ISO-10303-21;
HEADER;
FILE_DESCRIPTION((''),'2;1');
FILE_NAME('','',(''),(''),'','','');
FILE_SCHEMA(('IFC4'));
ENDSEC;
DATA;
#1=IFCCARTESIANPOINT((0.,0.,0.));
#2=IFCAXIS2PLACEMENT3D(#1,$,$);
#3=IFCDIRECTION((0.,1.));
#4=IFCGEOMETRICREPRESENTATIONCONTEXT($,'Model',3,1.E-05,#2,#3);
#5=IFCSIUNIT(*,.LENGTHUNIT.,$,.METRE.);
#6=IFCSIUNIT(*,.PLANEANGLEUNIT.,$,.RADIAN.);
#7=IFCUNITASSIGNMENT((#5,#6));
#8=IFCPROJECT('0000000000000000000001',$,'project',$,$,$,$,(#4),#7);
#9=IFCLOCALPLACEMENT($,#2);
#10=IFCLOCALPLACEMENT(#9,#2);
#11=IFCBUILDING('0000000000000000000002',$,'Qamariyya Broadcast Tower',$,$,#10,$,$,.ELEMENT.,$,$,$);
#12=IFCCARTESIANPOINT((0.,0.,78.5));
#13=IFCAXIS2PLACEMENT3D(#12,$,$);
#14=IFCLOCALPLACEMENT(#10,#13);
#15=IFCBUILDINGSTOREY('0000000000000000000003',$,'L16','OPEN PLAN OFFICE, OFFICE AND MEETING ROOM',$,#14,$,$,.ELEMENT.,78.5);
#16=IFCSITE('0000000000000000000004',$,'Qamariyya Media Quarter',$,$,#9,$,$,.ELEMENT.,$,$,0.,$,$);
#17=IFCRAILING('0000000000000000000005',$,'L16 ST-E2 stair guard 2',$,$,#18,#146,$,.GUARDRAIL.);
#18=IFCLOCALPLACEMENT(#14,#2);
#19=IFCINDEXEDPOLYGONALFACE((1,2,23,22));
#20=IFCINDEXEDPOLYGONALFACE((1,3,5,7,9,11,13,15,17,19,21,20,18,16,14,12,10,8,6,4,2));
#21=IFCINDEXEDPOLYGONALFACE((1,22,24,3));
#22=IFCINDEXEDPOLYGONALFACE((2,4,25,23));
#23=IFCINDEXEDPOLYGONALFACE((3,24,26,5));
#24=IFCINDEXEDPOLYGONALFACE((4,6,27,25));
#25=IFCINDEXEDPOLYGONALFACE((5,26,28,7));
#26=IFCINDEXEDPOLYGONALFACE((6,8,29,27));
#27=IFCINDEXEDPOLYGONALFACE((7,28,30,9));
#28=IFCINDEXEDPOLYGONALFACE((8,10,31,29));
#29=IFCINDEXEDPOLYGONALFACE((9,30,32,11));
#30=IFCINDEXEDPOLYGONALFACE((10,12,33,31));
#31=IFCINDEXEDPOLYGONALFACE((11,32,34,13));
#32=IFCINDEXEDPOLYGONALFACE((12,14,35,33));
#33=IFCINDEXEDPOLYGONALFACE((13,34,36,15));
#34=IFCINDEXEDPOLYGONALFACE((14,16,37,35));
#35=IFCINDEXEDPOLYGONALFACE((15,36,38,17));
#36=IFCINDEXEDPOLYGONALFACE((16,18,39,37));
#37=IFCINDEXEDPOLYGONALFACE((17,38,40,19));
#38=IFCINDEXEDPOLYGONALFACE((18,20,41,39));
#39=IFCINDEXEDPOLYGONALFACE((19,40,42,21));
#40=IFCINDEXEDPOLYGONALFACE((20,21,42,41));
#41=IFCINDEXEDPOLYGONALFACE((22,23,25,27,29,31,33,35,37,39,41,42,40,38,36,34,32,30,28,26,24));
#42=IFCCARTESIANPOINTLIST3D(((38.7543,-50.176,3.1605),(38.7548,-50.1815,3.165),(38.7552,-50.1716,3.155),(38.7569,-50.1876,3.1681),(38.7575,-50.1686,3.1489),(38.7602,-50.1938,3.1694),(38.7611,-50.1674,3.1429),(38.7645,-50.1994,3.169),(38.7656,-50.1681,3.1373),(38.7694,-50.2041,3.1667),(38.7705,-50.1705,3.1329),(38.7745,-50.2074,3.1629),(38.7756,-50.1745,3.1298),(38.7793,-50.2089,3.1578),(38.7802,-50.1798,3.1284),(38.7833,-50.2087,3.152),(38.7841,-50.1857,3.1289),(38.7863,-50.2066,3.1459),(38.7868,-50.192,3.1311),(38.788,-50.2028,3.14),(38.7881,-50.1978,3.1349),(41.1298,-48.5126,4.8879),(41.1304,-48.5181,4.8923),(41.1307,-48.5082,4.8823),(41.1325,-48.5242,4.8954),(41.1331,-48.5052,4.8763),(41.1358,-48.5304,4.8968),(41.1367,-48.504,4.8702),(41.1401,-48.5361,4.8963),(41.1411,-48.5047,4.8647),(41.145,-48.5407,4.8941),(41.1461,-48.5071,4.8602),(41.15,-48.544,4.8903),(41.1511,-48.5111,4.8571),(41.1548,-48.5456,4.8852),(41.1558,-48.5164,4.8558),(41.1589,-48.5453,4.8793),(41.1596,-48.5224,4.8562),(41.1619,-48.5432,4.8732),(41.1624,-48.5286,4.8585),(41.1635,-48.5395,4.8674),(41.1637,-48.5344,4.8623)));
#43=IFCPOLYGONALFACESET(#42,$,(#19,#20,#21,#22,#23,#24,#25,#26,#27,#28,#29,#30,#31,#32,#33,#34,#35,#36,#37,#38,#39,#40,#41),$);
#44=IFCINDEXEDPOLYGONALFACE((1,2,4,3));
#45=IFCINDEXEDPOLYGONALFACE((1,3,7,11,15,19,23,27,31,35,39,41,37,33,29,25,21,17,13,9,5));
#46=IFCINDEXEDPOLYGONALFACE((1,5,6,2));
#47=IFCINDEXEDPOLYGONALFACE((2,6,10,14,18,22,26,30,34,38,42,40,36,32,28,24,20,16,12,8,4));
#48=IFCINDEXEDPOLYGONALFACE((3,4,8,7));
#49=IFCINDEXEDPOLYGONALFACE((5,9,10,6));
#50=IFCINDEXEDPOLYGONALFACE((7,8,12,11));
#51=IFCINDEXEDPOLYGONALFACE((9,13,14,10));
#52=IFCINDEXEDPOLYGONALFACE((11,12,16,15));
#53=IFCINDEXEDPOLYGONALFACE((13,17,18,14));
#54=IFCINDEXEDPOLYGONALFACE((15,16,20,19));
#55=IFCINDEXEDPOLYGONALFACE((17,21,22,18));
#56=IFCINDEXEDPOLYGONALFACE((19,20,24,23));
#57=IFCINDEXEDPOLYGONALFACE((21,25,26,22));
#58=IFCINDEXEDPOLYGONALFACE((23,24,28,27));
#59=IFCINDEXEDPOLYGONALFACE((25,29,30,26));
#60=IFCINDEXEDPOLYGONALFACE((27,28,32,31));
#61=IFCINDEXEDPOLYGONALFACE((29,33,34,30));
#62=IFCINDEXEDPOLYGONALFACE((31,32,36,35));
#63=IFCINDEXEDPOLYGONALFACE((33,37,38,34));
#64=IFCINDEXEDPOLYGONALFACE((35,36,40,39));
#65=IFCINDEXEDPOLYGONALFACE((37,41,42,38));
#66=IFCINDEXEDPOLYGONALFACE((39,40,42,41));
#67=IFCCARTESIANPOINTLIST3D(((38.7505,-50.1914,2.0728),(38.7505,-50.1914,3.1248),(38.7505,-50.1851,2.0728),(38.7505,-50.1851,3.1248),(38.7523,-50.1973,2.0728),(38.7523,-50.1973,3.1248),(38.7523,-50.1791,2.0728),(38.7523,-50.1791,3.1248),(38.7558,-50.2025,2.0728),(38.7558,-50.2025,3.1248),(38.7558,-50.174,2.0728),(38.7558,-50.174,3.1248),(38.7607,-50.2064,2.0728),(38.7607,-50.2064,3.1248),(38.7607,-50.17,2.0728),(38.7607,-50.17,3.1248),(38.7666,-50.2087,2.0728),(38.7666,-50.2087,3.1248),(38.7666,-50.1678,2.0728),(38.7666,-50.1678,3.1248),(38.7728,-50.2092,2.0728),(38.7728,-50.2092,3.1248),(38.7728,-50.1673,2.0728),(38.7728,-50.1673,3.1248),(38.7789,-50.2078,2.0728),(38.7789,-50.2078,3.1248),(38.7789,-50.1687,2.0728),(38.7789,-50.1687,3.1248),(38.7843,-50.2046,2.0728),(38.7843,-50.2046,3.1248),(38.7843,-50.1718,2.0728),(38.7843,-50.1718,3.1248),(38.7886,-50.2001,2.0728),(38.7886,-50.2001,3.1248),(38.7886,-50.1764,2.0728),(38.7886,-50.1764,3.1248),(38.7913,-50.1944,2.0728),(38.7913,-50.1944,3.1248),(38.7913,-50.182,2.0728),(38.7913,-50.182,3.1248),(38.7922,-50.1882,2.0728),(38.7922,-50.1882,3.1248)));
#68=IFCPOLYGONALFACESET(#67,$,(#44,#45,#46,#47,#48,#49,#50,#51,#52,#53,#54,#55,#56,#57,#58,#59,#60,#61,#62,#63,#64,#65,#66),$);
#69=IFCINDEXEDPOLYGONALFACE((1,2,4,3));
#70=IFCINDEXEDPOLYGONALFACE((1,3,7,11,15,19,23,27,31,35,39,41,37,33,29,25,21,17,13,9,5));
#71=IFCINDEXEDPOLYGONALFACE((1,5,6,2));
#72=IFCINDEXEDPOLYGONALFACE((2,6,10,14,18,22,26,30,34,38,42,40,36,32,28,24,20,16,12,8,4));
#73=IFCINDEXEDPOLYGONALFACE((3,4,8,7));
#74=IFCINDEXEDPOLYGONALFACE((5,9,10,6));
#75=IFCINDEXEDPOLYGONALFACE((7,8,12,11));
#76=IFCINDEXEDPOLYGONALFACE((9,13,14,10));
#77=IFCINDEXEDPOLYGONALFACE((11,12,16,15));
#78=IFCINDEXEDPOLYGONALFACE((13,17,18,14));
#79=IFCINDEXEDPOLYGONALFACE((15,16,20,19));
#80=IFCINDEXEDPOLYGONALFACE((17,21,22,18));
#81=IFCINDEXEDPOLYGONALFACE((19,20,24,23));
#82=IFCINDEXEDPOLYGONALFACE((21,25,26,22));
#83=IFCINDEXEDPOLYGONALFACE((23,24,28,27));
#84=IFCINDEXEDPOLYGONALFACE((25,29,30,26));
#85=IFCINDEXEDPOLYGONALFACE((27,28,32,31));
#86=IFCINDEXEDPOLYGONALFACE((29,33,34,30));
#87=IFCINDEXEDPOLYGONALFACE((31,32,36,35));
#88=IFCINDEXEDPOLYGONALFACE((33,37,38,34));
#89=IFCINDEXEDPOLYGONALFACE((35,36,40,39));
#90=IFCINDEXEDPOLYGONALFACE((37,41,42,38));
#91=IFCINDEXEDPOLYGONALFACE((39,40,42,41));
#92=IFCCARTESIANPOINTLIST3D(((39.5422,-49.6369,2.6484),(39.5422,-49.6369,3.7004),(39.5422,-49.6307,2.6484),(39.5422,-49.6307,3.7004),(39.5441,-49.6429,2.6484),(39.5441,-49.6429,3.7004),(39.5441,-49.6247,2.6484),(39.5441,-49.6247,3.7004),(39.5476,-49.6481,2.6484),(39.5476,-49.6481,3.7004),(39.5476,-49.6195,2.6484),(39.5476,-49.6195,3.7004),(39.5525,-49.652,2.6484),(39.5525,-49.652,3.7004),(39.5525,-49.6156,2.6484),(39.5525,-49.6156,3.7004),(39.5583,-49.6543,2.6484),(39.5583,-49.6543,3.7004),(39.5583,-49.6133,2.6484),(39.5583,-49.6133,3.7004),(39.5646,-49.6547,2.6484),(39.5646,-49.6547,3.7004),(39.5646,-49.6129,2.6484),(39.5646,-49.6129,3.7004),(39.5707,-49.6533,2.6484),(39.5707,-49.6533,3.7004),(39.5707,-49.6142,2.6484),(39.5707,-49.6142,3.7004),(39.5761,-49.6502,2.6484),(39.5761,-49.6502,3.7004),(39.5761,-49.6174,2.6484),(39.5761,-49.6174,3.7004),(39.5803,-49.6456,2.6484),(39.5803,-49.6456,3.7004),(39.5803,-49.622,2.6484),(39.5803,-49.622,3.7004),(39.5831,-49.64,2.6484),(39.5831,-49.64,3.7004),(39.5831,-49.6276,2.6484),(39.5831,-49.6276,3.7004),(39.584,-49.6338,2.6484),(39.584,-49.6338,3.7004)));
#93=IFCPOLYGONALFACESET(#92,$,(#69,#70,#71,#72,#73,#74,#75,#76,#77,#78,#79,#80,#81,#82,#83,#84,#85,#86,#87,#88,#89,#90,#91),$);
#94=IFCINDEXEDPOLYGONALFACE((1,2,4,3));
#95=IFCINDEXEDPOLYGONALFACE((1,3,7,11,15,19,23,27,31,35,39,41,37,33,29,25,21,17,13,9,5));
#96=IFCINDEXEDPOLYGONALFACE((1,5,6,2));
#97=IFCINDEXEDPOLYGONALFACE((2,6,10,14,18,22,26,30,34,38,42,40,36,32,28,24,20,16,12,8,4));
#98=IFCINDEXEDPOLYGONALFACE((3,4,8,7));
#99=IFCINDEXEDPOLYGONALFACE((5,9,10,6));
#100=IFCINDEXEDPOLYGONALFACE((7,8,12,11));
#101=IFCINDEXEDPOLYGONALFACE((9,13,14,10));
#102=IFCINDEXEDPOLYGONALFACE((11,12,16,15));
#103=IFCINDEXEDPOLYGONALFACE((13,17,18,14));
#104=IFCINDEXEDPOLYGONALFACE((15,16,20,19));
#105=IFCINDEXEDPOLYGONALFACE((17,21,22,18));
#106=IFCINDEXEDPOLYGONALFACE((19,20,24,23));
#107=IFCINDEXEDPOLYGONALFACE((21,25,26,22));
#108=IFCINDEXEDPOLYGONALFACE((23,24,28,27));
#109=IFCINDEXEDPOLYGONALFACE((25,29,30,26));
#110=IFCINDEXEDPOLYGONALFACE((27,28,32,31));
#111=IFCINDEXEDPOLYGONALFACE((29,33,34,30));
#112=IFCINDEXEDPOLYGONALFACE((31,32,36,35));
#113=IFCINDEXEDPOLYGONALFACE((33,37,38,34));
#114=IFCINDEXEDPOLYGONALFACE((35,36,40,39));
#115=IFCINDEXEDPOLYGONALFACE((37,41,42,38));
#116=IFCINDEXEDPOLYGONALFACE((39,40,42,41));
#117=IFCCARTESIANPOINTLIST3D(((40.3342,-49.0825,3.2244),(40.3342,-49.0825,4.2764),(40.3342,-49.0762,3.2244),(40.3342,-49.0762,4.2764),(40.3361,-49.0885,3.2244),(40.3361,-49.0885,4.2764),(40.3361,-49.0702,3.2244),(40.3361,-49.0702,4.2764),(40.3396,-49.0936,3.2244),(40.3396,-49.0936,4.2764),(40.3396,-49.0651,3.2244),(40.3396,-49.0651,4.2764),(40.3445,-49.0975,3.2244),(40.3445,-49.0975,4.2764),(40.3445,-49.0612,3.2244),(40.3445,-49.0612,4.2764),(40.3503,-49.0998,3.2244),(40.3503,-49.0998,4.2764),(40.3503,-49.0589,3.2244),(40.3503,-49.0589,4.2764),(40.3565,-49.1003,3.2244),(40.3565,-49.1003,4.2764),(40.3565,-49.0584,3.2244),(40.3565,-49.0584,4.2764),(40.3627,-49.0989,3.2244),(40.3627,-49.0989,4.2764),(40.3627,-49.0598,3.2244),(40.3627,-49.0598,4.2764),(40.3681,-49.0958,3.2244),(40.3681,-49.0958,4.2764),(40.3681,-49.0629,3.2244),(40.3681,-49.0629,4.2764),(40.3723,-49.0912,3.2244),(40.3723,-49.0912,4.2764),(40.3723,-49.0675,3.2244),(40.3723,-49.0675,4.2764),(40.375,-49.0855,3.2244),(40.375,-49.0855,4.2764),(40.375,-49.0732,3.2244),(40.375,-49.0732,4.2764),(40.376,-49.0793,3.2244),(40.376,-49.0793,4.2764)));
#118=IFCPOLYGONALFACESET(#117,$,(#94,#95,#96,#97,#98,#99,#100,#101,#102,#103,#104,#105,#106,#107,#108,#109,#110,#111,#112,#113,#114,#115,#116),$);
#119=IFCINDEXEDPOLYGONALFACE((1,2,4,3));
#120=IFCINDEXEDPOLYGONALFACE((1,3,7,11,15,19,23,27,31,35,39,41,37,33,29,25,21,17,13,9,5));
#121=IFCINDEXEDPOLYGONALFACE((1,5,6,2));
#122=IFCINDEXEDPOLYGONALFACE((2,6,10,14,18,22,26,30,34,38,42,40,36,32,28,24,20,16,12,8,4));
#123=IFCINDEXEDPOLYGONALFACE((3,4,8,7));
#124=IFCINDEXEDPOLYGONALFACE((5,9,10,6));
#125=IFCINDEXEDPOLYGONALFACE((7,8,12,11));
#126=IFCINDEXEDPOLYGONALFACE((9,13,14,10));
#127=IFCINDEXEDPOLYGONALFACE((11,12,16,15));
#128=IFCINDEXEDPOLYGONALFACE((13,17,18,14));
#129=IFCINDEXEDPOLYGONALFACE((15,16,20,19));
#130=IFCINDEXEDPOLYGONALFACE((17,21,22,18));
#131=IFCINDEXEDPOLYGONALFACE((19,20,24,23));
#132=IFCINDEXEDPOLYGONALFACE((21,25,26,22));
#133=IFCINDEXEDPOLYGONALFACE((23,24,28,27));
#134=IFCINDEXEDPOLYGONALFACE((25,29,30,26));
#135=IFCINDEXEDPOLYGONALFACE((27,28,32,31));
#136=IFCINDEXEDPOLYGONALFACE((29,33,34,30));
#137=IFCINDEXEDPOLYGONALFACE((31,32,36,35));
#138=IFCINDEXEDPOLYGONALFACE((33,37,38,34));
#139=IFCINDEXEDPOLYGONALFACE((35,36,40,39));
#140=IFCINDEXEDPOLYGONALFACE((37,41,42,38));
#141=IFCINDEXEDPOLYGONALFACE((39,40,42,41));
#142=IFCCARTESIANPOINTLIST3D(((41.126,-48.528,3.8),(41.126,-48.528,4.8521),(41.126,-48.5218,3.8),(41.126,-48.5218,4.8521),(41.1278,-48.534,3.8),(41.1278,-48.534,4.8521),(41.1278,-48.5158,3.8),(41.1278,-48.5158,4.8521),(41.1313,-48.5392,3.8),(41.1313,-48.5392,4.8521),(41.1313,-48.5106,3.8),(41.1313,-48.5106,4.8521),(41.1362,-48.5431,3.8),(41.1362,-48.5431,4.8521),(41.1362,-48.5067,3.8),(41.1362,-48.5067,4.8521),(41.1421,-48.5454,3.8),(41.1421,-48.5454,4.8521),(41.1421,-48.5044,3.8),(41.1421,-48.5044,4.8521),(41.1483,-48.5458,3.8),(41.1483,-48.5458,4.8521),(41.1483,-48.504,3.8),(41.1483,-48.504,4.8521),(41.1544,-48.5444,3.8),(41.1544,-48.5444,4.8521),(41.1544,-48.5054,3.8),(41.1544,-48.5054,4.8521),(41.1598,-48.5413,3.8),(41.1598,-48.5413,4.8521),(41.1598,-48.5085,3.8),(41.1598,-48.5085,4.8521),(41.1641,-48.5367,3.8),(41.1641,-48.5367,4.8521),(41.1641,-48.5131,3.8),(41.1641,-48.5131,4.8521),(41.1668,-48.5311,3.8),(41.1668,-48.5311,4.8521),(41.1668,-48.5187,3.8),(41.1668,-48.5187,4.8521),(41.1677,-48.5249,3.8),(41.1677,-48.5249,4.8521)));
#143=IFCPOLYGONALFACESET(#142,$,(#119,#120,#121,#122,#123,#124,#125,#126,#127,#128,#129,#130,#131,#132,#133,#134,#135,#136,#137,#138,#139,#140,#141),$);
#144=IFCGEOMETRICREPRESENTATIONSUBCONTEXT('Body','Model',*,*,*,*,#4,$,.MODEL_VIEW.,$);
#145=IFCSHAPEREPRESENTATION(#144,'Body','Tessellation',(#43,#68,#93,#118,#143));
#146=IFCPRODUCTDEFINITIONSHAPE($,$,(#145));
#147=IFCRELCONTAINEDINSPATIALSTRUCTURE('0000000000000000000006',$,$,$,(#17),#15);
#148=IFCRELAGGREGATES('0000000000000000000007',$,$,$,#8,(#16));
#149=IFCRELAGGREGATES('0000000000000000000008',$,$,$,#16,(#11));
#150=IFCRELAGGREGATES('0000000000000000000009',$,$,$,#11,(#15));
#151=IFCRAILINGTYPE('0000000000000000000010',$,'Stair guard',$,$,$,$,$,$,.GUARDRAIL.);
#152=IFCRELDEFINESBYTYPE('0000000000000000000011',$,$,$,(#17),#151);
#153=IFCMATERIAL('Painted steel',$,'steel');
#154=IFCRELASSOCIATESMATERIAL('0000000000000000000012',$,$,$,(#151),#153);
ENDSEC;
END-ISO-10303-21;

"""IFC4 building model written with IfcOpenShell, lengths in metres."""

from ifc_helpers import new_model, si_unit, direction, frame, origin, origin_2d, place, context, subcontext, project, spatial, circle, extrude, material, type_object, element, save


model = new_model("IFC4")

# Units and contexts
model_context = context("Model", 3, precision=1e-05, world=origin(), true_north=direction((0.0, 1.0)))
body_context = subcontext(model_context, "Body", "Model", "MODEL_VIEW")
ifc_project = project(units=[si_unit("LENGTHUNIT", "METRE"), si_unit("PLANEANGLEUNIT", "RADIAN")], contexts=[model_context])

# Site, building, storey
site_placement = place(None, origin())
site = spatial("IfcSite", under=ifc_project, at=site_placement, Name="Qamariyya Media Quarter", CompositionType="ELEMENT", RefElevation=0.0)
building_placement = place(site_placement, origin())
building = spatial("IfcBuilding", under=site, at=building_placement, Name="Qamariyya Broadcast Tower", CompositionType="ELEMENT")
storey_placement = place(building_placement, frame((0.0, 0.0, 78.5)))
storey = spatial("IfcBuildingStorey", under=building, at=storey_placement, Name="L16", Description="OPEN PLAN OFFICE, OFFICE AND MEETING ROOM", CompositionType="ELEMENT", Elevation=78.5)

# Railing
ifc_material_1 = material(Name="Painted steel", Category="steel")
railing_type = type_object("IfcRailingType", Name="Stair guard", PredefinedType="GUARDRAIL", material=ifc_material_1)
railing_placement = place(storey_placement, frame((38.7712, -50.1882, 2.0728)))
element("IfcRailing", 1, at=railing_placement, inside=storey, type_object=railing_type, Name="L16 ST-E2 stair guard 2", PredefinedType="GUARDRAIL", context=body_context, shape_type="SweptSolid", body=[
    extrude(circle(Radius=0.0239, at=origin_2d()), frame((0.0, 0.0, 1.0762), z_axis=(0.70377, 0.492784, 0.511734), x_axis=(-0.573575, 0.819153, 0.0)), (0.0, 0.0, 1.0), 3.3755),
    extrude(circle(Radius=0.021, at=origin_2d()), origin(), (0.0, 0.0, 1.0), 1.052),
    extrude(circle(Radius=0.021, at=origin_2d()), frame((0.7917, 0.5544, 0.5757)), (0.0, 0.0, 1.0), 1.052),
    extrude(circle(Radius=0.021, at=origin_2d()), frame((1.5837, 1.1089, 1.1516)), (0.0, 0.0, 1.0), 1.052),
    extrude(circle(Radius=0.021, at=origin_2d()), frame((2.3755, 1.6633, 1.7273)), (0.0, 0.0, 1.0), 1.052),
])

save(model, "model.ifc")
